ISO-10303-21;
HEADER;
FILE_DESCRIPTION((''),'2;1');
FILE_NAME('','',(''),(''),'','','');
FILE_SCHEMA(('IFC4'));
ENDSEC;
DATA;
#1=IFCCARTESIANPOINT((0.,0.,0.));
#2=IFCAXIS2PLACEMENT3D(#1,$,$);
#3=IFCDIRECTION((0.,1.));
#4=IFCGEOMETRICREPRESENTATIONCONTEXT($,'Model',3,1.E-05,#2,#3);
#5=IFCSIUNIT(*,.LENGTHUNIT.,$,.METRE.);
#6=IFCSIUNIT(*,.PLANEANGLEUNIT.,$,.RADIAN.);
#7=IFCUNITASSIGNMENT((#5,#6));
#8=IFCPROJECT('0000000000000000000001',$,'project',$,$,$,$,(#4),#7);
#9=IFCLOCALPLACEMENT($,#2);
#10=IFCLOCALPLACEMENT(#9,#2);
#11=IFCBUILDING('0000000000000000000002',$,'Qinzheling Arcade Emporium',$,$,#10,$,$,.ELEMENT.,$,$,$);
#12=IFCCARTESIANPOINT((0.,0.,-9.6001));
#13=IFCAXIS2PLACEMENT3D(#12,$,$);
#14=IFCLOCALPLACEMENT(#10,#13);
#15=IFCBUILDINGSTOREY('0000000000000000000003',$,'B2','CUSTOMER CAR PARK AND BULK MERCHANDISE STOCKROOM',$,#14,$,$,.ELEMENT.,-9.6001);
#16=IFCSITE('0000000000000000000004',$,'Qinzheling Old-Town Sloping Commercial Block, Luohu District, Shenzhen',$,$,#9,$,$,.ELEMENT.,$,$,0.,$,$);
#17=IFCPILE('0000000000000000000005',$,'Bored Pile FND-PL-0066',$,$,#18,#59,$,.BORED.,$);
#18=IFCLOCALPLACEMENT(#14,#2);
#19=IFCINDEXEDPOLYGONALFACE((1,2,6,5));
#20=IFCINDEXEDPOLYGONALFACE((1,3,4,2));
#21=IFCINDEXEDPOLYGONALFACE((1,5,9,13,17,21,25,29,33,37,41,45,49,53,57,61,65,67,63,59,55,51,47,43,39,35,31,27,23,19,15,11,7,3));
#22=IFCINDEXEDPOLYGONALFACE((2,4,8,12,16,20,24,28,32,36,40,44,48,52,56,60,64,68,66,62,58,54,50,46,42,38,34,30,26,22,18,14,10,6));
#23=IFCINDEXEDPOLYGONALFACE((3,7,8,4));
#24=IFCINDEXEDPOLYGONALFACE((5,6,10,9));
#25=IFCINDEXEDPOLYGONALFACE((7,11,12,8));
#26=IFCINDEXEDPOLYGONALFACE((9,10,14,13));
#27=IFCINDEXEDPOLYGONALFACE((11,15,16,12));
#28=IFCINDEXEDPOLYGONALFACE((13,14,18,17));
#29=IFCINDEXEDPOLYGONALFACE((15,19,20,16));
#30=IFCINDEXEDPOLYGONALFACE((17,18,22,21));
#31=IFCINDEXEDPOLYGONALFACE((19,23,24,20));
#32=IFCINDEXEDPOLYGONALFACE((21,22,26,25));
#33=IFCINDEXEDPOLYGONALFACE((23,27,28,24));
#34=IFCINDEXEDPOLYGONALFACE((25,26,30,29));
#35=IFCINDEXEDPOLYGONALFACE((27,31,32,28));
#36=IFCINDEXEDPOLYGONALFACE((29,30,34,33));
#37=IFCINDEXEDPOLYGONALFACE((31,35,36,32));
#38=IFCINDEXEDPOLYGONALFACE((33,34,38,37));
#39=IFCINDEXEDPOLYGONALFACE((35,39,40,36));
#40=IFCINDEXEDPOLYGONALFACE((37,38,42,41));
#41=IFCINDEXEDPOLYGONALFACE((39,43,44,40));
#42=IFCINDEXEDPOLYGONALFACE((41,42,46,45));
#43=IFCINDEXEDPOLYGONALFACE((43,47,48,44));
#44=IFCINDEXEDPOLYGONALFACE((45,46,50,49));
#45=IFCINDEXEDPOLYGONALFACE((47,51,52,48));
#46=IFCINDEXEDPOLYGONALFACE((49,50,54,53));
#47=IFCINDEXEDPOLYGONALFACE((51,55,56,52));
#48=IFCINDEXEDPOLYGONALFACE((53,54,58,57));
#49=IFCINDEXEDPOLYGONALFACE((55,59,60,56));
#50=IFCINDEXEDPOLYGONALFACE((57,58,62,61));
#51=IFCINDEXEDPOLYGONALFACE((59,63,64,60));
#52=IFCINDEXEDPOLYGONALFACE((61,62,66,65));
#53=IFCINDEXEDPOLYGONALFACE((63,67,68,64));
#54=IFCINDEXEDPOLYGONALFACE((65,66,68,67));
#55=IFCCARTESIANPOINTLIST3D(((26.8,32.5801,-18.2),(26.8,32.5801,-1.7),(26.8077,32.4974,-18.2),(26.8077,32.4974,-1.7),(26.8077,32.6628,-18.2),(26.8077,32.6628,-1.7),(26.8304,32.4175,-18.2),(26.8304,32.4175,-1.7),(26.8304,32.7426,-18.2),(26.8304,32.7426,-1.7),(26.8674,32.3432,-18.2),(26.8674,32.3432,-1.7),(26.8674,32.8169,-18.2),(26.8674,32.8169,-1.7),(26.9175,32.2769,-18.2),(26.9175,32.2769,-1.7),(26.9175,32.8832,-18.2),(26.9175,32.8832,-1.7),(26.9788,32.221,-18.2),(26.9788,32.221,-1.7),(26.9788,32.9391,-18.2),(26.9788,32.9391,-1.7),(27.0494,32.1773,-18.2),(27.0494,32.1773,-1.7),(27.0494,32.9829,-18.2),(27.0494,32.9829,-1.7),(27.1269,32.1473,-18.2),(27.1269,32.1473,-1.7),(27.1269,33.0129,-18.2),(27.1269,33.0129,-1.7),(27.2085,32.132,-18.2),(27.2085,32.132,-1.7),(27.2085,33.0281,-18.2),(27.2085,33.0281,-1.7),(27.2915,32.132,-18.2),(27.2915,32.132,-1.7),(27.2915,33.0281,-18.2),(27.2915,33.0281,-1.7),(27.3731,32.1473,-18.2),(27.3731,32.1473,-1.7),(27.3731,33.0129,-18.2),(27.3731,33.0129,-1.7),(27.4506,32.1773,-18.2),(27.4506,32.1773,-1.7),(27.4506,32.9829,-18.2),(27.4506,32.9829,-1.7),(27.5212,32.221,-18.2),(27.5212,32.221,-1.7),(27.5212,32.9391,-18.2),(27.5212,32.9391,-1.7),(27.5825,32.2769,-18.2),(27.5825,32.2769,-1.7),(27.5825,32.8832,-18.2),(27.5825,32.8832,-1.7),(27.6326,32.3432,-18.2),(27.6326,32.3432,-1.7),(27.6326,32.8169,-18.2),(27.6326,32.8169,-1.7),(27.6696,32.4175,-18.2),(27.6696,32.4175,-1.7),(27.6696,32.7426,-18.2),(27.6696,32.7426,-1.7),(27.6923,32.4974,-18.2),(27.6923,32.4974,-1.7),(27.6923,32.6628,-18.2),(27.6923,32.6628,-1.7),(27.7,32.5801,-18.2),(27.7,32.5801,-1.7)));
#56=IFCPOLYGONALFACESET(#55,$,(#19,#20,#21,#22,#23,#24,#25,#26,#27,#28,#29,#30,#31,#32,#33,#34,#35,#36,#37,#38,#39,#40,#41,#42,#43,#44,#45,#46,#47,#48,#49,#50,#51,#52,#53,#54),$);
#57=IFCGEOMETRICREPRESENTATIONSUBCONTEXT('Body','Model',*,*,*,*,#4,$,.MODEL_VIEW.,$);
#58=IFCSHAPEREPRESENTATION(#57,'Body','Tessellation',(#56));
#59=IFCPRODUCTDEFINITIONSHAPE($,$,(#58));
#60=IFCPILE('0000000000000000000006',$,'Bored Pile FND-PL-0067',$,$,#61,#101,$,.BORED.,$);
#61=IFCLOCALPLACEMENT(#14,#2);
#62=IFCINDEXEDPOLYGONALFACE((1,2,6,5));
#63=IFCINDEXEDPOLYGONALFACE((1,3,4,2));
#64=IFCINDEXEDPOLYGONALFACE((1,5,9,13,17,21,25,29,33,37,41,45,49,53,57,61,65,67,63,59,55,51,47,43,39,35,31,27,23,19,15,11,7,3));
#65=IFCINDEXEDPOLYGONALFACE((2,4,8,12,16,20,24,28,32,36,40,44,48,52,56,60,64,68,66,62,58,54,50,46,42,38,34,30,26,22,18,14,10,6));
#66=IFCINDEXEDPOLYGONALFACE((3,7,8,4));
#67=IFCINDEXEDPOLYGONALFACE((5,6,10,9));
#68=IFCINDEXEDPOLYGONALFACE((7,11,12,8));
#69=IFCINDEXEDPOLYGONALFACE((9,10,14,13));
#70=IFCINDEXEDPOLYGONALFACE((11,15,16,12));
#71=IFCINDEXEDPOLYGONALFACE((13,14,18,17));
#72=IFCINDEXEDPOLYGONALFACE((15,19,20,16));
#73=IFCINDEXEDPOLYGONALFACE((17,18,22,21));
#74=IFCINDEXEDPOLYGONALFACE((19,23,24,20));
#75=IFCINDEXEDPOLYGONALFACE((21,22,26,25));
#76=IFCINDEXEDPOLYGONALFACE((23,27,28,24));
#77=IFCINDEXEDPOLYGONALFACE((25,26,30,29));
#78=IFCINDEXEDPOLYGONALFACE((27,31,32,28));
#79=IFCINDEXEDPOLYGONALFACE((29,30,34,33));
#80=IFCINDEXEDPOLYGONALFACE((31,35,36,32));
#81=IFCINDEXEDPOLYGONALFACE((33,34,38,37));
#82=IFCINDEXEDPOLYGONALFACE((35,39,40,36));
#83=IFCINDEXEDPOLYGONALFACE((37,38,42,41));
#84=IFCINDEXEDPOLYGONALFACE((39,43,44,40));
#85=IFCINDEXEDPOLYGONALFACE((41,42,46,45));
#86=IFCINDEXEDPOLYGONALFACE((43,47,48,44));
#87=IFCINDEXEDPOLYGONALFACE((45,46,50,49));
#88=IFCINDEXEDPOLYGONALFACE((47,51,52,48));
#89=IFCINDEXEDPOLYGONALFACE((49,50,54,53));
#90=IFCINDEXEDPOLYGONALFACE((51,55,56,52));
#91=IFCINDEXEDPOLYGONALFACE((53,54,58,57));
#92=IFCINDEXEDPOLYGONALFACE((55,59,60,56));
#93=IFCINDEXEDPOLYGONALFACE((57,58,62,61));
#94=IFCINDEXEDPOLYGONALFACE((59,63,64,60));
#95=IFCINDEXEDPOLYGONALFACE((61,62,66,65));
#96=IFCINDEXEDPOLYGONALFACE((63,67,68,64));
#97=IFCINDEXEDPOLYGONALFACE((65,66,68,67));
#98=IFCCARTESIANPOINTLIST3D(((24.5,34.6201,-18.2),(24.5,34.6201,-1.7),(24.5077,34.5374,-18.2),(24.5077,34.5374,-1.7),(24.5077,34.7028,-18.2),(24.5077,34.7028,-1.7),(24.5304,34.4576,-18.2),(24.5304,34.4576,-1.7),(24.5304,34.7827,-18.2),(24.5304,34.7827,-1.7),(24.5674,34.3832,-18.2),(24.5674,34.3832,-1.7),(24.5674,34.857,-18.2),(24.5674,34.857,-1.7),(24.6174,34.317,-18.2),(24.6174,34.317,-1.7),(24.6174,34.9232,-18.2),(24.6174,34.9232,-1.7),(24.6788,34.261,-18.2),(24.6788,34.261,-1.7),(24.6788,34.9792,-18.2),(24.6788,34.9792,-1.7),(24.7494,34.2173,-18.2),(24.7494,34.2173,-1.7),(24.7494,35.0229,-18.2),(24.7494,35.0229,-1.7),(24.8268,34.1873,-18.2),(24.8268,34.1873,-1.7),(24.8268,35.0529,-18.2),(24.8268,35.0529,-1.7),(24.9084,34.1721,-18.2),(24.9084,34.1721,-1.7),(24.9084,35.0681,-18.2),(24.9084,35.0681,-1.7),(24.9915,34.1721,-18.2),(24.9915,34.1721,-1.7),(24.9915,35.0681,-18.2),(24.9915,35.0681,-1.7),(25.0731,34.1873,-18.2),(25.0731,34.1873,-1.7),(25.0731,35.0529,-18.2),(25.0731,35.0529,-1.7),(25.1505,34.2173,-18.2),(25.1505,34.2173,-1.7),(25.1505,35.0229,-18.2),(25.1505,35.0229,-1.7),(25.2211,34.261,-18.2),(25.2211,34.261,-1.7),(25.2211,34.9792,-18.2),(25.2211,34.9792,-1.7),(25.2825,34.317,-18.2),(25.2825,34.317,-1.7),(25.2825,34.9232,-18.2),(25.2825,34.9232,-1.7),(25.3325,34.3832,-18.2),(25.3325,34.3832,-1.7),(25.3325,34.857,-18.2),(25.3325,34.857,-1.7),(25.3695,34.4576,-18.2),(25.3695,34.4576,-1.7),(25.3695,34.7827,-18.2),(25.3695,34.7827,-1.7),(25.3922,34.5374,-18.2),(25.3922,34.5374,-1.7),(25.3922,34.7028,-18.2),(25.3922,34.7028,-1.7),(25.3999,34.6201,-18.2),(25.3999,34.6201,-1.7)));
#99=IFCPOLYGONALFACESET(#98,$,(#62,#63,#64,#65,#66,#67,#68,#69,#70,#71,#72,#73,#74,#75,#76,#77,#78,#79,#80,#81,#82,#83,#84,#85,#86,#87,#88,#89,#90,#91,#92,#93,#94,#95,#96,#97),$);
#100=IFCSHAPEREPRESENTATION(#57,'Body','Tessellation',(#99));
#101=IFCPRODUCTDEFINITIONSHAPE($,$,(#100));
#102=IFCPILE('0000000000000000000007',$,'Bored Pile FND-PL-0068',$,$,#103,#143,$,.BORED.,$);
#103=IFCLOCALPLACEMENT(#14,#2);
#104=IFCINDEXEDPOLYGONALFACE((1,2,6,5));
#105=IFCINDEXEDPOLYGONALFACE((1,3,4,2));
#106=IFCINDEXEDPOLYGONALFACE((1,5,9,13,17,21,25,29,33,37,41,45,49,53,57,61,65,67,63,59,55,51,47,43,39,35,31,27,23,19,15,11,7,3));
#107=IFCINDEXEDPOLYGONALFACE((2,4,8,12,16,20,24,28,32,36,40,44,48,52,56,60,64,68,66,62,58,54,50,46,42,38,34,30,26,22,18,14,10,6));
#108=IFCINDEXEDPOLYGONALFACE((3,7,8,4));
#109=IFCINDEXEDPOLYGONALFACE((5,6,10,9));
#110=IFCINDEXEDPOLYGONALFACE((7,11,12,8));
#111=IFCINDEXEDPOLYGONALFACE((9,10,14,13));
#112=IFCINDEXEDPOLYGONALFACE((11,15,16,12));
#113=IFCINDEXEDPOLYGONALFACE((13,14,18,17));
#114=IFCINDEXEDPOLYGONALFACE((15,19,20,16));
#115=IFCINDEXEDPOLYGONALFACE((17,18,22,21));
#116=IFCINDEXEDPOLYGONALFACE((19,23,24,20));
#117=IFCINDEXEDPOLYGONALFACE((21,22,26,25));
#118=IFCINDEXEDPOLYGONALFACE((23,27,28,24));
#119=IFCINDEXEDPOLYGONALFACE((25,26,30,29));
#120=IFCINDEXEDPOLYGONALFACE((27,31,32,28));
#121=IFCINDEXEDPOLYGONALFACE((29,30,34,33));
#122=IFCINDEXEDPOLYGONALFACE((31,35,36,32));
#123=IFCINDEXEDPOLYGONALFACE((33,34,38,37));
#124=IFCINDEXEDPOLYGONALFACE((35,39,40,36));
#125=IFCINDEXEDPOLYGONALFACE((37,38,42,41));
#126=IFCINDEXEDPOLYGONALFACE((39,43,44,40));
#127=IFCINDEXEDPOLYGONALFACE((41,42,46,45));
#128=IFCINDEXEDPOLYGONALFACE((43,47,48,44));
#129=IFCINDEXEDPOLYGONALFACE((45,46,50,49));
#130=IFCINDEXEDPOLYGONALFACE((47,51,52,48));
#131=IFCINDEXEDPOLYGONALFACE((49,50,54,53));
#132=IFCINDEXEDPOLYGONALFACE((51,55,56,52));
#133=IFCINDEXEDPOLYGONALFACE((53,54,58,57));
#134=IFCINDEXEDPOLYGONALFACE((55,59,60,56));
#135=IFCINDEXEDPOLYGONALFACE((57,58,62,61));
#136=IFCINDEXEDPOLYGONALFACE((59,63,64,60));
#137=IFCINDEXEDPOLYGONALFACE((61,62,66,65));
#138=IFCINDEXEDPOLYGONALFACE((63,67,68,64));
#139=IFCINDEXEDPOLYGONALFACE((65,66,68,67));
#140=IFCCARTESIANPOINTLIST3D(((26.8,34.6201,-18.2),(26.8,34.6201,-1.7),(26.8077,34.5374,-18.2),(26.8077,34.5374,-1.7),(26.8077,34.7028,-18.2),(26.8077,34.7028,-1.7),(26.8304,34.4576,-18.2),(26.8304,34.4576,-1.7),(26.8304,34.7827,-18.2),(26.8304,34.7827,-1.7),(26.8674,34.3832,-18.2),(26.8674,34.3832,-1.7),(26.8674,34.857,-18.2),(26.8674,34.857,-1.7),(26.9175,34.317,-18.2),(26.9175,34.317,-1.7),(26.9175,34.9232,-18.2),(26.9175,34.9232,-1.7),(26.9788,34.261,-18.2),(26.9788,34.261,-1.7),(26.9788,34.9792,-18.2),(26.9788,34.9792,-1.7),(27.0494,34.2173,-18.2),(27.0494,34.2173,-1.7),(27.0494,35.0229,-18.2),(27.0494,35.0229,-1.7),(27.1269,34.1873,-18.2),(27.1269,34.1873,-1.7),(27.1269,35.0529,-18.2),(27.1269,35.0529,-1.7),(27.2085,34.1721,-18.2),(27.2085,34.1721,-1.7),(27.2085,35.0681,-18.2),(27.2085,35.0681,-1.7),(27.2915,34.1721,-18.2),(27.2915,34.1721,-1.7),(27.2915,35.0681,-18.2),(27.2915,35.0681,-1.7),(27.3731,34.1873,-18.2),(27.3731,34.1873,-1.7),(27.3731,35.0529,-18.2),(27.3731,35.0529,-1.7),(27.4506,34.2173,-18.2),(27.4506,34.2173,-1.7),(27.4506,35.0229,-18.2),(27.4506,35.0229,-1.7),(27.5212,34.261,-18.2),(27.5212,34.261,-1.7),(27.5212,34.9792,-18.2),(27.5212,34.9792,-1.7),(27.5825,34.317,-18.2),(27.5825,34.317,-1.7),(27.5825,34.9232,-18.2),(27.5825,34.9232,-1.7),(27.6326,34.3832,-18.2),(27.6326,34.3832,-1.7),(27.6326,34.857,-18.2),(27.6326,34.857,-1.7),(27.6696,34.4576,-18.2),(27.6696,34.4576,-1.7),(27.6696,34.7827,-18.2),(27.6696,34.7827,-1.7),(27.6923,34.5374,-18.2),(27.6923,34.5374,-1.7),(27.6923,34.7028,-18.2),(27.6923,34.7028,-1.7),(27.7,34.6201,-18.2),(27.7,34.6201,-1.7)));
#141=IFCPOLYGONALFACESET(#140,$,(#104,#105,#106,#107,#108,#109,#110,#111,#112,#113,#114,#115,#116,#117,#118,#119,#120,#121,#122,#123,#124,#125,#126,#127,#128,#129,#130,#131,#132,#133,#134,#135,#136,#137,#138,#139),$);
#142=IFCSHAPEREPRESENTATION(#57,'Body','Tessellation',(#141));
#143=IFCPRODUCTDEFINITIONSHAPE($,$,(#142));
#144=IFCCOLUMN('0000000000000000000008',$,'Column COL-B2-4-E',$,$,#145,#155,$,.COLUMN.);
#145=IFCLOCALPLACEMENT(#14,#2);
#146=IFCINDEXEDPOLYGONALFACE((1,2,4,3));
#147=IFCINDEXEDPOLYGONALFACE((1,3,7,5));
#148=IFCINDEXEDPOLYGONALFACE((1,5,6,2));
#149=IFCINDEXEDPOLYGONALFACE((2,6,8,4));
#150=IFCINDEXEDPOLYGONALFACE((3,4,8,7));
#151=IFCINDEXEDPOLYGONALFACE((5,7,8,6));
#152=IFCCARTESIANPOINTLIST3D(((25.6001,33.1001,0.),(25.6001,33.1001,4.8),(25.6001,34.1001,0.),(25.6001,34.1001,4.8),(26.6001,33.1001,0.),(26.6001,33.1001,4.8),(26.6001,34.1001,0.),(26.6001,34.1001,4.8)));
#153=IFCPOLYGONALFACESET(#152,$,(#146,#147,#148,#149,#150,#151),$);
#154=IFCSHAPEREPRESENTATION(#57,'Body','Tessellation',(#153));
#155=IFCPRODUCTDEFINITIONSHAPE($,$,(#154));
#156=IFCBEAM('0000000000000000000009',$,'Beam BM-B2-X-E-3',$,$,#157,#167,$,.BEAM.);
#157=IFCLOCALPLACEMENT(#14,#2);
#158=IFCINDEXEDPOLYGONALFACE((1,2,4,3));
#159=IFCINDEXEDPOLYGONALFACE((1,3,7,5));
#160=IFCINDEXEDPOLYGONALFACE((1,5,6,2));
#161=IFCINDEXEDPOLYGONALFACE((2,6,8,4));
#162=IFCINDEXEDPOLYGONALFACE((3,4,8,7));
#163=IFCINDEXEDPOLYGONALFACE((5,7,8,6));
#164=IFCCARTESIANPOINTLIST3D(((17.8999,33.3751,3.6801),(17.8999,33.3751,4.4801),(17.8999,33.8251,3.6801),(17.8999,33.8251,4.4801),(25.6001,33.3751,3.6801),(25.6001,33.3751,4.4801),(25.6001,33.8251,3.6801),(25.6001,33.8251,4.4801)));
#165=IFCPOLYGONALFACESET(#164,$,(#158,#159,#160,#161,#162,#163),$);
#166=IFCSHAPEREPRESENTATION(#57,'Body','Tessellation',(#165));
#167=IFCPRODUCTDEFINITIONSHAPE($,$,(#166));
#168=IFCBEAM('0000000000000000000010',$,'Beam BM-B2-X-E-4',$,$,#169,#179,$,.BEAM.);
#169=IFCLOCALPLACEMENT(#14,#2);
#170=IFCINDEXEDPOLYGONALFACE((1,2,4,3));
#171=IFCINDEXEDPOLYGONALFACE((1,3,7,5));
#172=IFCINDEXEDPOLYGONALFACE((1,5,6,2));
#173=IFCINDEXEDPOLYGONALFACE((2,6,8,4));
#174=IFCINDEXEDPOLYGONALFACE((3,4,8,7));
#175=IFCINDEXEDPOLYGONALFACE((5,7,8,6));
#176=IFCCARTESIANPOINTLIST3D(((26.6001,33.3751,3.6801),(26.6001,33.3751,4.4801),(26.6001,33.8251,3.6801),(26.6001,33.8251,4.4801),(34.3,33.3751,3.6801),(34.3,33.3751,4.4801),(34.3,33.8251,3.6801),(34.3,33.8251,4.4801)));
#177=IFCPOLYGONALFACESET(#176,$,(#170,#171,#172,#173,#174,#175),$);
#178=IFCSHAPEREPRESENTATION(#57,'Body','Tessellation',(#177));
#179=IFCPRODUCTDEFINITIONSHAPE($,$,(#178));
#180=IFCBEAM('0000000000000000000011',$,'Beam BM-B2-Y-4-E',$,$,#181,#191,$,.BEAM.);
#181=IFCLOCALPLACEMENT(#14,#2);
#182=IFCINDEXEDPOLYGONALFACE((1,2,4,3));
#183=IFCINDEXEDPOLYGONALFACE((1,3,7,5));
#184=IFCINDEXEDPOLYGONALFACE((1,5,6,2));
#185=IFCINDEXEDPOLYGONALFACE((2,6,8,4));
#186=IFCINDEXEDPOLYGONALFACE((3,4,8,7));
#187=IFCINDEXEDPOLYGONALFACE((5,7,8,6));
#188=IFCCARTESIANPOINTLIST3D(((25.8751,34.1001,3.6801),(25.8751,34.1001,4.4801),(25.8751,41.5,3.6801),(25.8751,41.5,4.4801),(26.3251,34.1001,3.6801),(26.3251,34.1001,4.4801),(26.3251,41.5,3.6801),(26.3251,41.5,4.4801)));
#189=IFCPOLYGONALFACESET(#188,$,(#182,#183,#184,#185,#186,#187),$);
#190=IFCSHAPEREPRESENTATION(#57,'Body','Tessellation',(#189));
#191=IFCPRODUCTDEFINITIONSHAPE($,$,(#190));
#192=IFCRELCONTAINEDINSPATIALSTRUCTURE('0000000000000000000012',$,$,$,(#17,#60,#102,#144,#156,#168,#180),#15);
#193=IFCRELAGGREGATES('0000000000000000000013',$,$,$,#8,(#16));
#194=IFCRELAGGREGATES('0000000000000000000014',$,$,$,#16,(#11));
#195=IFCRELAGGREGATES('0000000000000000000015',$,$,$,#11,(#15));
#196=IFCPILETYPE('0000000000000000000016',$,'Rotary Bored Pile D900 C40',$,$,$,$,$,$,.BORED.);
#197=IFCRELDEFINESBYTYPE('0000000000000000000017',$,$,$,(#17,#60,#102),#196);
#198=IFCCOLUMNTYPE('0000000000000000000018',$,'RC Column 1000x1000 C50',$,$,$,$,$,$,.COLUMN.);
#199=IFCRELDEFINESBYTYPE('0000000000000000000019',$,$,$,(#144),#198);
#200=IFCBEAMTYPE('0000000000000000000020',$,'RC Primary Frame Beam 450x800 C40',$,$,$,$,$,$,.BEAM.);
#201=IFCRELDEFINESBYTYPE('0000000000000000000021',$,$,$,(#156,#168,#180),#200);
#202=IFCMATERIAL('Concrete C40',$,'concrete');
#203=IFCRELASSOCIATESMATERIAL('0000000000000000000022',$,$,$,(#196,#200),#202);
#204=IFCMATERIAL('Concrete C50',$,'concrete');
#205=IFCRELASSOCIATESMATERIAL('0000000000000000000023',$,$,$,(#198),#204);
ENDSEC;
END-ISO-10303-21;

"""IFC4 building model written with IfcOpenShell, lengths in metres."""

from ifc_helpers import new_model, si_unit, direction, frame, origin, origin_2d, place, context, subcontext, project, spatial, rectangle, circle, extrude, material, material_profile, profile_set, type_object, element, save


model = new_model("IFC4")

# Units and contexts
model_context = context("Model", 3, precision=1e-05, world=origin(), true_north=direction((0.0, 1.0)))
body_context = subcontext(model_context, "Body", "Model", "MODEL_VIEW")
ifc_project = project(units=[si_unit("LENGTHUNIT", "METRE"), si_unit("PLANEANGLEUNIT", "RADIAN")], contexts=[model_context])

# Site, building, storey
site_placement = place(None, origin())
site = spatial("IfcSite", under=ifc_project, at=site_placement, Name="Qinzheling Old-Town Sloping Commercial Block, Luohu District, Shenzhen", CompositionType="ELEMENT", RefElevation=0.0)
building_placement = place(site_placement, origin())
building = spatial("IfcBuilding", under=site, at=building_placement, Name="Qinzheling Arcade Emporium", CompositionType="ELEMENT")
storey_placement = place(building_placement, frame((0.0, 0.0, -9.6001)))
storey = spatial("IfcBuildingStorey", under=building, at=storey_placement, Name="B2", Description="CUSTOMER CAR PARK AND BULK MERCHANDISE STOCKROOM", CompositionType="ELEMENT", Elevation=-9.6001)

# Shared definitions
ifc_material_1 = material(Name="Concrete C40", Category="concrete")

# Piles
ifc_material_profile_1 = material_profile(ifc_material_1, circle(Radius=0.45, at=origin_2d()), Name="BORED D900", Category="concrete")
ifc_profile_set_1 = profile_set([ifc_material_profile_1], Name="Concrete C40")
pile_type_1 = type_object("IfcPileType", Name="Rotary Bored Pile D900 C40", PredefinedType="BORED", material=ifc_profile_set_1)
for number, where, z_axis, x_axis, name in (
    (1, (27.25, 32.5801, -1.7), (0.0, 0.0, -1.0), (1.0, 0.0, 0.0), "Bored Pile FND-PL-0066"),
    (2, (24.95, 34.6201, -1.7), (0.0, 0.0, -1.0), (1.0, 0.0, 0.0), "Bored Pile FND-PL-0067"),
    (3, (27.25, 34.6201, -1.7), (0.0, 0.0, -1.0), (1.0, 0.0, 0.0), "Bored Pile FND-PL-0068"),
):
    element("IfcPile", number, at=place(storey_placement, frame(where, z_axis=z_axis, x_axis=x_axis)), inside=storey, type_object=pile_type_1, Name=name, PredefinedType="BORED", context=body_context, shape_type="SweptSolid", body=[
        extrude(circle(Radius=0.45, at=origin_2d()), origin(), (0.0, 0.0, 1.0), 16.5),
    ])

# Column
ifc_material_2 = material(Name="Concrete C50", Category="concrete")
ifc_material_profile_2 = material_profile(ifc_material_2, rectangle(XDim=1.0, YDim=1.0, at=origin_2d()), Name="RC 1000x1000", Category="concrete")
ifc_profile_set_2 = profile_set([ifc_material_profile_2], Name="Concrete C50")
column_type = type_object("IfcColumnType", Name="RC Column 1000x1000 C50", PredefinedType="COLUMN", material=ifc_profile_set_2)
column_placement = place(storey_placement, frame((26.1001, 33.6001, 0.0), z_axis=(0.0, 0.0, 1.0), x_axis=(1.0, 0.0, 0.0)))
element("IfcColumn", 4, at=column_placement, inside=storey, type_object=column_type, Name="Column COL-B2-4-E", PredefinedType="COLUMN", context=body_context, shape_type="SweptSolid", body=[
    extrude(rectangle(XDim=1.0, YDim=1.0, at=origin_2d()), origin(), (0.0, 0.0, 1.0), 4.8),
])

# Beams
ifc_material_profile_3 = material_profile(ifc_material_1, rectangle(XDim=0.45, YDim=0.8, at=origin_2d()), Name="RC 450x800", Category="concrete")
ifc_profile_set_3 = profile_set([ifc_material_profile_3], Name="Concrete C40")
beam_type = type_object("IfcBeamType", Name="RC Primary Frame Beam 450x800 C40", PredefinedType="BEAM", material=ifc_profile_set_3)
beam_1_placement = place(storey_placement, frame((17.8999, 33.6001, 4.0801), z_axis=(1.0, 0.0, 0.0), x_axis=(0.0, 1.0, 0.0)))
element("IfcBeam", 5, at=beam_1_placement, inside=storey, type_object=beam_type, Name="Beam BM-B2-X-E-3", PredefinedType="BEAM", context=body_context, shape_type="SweptSolid", body=[
    extrude(rectangle(XDim=0.45, YDim=0.8, at=origin_2d()), origin(), (0.0, 0.0, 1.0), 7.7002),
])
beam_2_placement = place(storey_placement, frame((26.6001, 33.6001, 4.0801), z_axis=(1.0, 0.0, 0.0), x_axis=(0.0, 1.0, 0.0)))
element("IfcBeam", 6, at=beam_2_placement, inside=storey, type_object=beam_type, Name="Beam BM-B2-X-E-4", PredefinedType="BEAM", context=body_context, shape_type="SweptSolid", body=[
    extrude(rectangle(XDim=0.45, YDim=0.8, at=origin_2d()), origin(), (0.0, 0.0, 1.0), 7.7),
])
beam_3_placement = place(storey_placement, frame((26.1001, 34.1001, 4.0801), z_axis=(0.0, 1.0, 0.0), x_axis=(-1.0, 0.0, 0.0)))
element("IfcBeam", 7, at=beam_3_placement, inside=storey, type_object=beam_type, Name="Beam BM-B2-Y-4-E", PredefinedType="BEAM", context=body_context, shape_type="SweptSolid", body=[
    extrude(rectangle(XDim=0.45, YDim=0.8, at=origin_2d()), origin(), (0.0, 0.0, 1.0), 7.3999),
])

save(model, "model.ifc")
